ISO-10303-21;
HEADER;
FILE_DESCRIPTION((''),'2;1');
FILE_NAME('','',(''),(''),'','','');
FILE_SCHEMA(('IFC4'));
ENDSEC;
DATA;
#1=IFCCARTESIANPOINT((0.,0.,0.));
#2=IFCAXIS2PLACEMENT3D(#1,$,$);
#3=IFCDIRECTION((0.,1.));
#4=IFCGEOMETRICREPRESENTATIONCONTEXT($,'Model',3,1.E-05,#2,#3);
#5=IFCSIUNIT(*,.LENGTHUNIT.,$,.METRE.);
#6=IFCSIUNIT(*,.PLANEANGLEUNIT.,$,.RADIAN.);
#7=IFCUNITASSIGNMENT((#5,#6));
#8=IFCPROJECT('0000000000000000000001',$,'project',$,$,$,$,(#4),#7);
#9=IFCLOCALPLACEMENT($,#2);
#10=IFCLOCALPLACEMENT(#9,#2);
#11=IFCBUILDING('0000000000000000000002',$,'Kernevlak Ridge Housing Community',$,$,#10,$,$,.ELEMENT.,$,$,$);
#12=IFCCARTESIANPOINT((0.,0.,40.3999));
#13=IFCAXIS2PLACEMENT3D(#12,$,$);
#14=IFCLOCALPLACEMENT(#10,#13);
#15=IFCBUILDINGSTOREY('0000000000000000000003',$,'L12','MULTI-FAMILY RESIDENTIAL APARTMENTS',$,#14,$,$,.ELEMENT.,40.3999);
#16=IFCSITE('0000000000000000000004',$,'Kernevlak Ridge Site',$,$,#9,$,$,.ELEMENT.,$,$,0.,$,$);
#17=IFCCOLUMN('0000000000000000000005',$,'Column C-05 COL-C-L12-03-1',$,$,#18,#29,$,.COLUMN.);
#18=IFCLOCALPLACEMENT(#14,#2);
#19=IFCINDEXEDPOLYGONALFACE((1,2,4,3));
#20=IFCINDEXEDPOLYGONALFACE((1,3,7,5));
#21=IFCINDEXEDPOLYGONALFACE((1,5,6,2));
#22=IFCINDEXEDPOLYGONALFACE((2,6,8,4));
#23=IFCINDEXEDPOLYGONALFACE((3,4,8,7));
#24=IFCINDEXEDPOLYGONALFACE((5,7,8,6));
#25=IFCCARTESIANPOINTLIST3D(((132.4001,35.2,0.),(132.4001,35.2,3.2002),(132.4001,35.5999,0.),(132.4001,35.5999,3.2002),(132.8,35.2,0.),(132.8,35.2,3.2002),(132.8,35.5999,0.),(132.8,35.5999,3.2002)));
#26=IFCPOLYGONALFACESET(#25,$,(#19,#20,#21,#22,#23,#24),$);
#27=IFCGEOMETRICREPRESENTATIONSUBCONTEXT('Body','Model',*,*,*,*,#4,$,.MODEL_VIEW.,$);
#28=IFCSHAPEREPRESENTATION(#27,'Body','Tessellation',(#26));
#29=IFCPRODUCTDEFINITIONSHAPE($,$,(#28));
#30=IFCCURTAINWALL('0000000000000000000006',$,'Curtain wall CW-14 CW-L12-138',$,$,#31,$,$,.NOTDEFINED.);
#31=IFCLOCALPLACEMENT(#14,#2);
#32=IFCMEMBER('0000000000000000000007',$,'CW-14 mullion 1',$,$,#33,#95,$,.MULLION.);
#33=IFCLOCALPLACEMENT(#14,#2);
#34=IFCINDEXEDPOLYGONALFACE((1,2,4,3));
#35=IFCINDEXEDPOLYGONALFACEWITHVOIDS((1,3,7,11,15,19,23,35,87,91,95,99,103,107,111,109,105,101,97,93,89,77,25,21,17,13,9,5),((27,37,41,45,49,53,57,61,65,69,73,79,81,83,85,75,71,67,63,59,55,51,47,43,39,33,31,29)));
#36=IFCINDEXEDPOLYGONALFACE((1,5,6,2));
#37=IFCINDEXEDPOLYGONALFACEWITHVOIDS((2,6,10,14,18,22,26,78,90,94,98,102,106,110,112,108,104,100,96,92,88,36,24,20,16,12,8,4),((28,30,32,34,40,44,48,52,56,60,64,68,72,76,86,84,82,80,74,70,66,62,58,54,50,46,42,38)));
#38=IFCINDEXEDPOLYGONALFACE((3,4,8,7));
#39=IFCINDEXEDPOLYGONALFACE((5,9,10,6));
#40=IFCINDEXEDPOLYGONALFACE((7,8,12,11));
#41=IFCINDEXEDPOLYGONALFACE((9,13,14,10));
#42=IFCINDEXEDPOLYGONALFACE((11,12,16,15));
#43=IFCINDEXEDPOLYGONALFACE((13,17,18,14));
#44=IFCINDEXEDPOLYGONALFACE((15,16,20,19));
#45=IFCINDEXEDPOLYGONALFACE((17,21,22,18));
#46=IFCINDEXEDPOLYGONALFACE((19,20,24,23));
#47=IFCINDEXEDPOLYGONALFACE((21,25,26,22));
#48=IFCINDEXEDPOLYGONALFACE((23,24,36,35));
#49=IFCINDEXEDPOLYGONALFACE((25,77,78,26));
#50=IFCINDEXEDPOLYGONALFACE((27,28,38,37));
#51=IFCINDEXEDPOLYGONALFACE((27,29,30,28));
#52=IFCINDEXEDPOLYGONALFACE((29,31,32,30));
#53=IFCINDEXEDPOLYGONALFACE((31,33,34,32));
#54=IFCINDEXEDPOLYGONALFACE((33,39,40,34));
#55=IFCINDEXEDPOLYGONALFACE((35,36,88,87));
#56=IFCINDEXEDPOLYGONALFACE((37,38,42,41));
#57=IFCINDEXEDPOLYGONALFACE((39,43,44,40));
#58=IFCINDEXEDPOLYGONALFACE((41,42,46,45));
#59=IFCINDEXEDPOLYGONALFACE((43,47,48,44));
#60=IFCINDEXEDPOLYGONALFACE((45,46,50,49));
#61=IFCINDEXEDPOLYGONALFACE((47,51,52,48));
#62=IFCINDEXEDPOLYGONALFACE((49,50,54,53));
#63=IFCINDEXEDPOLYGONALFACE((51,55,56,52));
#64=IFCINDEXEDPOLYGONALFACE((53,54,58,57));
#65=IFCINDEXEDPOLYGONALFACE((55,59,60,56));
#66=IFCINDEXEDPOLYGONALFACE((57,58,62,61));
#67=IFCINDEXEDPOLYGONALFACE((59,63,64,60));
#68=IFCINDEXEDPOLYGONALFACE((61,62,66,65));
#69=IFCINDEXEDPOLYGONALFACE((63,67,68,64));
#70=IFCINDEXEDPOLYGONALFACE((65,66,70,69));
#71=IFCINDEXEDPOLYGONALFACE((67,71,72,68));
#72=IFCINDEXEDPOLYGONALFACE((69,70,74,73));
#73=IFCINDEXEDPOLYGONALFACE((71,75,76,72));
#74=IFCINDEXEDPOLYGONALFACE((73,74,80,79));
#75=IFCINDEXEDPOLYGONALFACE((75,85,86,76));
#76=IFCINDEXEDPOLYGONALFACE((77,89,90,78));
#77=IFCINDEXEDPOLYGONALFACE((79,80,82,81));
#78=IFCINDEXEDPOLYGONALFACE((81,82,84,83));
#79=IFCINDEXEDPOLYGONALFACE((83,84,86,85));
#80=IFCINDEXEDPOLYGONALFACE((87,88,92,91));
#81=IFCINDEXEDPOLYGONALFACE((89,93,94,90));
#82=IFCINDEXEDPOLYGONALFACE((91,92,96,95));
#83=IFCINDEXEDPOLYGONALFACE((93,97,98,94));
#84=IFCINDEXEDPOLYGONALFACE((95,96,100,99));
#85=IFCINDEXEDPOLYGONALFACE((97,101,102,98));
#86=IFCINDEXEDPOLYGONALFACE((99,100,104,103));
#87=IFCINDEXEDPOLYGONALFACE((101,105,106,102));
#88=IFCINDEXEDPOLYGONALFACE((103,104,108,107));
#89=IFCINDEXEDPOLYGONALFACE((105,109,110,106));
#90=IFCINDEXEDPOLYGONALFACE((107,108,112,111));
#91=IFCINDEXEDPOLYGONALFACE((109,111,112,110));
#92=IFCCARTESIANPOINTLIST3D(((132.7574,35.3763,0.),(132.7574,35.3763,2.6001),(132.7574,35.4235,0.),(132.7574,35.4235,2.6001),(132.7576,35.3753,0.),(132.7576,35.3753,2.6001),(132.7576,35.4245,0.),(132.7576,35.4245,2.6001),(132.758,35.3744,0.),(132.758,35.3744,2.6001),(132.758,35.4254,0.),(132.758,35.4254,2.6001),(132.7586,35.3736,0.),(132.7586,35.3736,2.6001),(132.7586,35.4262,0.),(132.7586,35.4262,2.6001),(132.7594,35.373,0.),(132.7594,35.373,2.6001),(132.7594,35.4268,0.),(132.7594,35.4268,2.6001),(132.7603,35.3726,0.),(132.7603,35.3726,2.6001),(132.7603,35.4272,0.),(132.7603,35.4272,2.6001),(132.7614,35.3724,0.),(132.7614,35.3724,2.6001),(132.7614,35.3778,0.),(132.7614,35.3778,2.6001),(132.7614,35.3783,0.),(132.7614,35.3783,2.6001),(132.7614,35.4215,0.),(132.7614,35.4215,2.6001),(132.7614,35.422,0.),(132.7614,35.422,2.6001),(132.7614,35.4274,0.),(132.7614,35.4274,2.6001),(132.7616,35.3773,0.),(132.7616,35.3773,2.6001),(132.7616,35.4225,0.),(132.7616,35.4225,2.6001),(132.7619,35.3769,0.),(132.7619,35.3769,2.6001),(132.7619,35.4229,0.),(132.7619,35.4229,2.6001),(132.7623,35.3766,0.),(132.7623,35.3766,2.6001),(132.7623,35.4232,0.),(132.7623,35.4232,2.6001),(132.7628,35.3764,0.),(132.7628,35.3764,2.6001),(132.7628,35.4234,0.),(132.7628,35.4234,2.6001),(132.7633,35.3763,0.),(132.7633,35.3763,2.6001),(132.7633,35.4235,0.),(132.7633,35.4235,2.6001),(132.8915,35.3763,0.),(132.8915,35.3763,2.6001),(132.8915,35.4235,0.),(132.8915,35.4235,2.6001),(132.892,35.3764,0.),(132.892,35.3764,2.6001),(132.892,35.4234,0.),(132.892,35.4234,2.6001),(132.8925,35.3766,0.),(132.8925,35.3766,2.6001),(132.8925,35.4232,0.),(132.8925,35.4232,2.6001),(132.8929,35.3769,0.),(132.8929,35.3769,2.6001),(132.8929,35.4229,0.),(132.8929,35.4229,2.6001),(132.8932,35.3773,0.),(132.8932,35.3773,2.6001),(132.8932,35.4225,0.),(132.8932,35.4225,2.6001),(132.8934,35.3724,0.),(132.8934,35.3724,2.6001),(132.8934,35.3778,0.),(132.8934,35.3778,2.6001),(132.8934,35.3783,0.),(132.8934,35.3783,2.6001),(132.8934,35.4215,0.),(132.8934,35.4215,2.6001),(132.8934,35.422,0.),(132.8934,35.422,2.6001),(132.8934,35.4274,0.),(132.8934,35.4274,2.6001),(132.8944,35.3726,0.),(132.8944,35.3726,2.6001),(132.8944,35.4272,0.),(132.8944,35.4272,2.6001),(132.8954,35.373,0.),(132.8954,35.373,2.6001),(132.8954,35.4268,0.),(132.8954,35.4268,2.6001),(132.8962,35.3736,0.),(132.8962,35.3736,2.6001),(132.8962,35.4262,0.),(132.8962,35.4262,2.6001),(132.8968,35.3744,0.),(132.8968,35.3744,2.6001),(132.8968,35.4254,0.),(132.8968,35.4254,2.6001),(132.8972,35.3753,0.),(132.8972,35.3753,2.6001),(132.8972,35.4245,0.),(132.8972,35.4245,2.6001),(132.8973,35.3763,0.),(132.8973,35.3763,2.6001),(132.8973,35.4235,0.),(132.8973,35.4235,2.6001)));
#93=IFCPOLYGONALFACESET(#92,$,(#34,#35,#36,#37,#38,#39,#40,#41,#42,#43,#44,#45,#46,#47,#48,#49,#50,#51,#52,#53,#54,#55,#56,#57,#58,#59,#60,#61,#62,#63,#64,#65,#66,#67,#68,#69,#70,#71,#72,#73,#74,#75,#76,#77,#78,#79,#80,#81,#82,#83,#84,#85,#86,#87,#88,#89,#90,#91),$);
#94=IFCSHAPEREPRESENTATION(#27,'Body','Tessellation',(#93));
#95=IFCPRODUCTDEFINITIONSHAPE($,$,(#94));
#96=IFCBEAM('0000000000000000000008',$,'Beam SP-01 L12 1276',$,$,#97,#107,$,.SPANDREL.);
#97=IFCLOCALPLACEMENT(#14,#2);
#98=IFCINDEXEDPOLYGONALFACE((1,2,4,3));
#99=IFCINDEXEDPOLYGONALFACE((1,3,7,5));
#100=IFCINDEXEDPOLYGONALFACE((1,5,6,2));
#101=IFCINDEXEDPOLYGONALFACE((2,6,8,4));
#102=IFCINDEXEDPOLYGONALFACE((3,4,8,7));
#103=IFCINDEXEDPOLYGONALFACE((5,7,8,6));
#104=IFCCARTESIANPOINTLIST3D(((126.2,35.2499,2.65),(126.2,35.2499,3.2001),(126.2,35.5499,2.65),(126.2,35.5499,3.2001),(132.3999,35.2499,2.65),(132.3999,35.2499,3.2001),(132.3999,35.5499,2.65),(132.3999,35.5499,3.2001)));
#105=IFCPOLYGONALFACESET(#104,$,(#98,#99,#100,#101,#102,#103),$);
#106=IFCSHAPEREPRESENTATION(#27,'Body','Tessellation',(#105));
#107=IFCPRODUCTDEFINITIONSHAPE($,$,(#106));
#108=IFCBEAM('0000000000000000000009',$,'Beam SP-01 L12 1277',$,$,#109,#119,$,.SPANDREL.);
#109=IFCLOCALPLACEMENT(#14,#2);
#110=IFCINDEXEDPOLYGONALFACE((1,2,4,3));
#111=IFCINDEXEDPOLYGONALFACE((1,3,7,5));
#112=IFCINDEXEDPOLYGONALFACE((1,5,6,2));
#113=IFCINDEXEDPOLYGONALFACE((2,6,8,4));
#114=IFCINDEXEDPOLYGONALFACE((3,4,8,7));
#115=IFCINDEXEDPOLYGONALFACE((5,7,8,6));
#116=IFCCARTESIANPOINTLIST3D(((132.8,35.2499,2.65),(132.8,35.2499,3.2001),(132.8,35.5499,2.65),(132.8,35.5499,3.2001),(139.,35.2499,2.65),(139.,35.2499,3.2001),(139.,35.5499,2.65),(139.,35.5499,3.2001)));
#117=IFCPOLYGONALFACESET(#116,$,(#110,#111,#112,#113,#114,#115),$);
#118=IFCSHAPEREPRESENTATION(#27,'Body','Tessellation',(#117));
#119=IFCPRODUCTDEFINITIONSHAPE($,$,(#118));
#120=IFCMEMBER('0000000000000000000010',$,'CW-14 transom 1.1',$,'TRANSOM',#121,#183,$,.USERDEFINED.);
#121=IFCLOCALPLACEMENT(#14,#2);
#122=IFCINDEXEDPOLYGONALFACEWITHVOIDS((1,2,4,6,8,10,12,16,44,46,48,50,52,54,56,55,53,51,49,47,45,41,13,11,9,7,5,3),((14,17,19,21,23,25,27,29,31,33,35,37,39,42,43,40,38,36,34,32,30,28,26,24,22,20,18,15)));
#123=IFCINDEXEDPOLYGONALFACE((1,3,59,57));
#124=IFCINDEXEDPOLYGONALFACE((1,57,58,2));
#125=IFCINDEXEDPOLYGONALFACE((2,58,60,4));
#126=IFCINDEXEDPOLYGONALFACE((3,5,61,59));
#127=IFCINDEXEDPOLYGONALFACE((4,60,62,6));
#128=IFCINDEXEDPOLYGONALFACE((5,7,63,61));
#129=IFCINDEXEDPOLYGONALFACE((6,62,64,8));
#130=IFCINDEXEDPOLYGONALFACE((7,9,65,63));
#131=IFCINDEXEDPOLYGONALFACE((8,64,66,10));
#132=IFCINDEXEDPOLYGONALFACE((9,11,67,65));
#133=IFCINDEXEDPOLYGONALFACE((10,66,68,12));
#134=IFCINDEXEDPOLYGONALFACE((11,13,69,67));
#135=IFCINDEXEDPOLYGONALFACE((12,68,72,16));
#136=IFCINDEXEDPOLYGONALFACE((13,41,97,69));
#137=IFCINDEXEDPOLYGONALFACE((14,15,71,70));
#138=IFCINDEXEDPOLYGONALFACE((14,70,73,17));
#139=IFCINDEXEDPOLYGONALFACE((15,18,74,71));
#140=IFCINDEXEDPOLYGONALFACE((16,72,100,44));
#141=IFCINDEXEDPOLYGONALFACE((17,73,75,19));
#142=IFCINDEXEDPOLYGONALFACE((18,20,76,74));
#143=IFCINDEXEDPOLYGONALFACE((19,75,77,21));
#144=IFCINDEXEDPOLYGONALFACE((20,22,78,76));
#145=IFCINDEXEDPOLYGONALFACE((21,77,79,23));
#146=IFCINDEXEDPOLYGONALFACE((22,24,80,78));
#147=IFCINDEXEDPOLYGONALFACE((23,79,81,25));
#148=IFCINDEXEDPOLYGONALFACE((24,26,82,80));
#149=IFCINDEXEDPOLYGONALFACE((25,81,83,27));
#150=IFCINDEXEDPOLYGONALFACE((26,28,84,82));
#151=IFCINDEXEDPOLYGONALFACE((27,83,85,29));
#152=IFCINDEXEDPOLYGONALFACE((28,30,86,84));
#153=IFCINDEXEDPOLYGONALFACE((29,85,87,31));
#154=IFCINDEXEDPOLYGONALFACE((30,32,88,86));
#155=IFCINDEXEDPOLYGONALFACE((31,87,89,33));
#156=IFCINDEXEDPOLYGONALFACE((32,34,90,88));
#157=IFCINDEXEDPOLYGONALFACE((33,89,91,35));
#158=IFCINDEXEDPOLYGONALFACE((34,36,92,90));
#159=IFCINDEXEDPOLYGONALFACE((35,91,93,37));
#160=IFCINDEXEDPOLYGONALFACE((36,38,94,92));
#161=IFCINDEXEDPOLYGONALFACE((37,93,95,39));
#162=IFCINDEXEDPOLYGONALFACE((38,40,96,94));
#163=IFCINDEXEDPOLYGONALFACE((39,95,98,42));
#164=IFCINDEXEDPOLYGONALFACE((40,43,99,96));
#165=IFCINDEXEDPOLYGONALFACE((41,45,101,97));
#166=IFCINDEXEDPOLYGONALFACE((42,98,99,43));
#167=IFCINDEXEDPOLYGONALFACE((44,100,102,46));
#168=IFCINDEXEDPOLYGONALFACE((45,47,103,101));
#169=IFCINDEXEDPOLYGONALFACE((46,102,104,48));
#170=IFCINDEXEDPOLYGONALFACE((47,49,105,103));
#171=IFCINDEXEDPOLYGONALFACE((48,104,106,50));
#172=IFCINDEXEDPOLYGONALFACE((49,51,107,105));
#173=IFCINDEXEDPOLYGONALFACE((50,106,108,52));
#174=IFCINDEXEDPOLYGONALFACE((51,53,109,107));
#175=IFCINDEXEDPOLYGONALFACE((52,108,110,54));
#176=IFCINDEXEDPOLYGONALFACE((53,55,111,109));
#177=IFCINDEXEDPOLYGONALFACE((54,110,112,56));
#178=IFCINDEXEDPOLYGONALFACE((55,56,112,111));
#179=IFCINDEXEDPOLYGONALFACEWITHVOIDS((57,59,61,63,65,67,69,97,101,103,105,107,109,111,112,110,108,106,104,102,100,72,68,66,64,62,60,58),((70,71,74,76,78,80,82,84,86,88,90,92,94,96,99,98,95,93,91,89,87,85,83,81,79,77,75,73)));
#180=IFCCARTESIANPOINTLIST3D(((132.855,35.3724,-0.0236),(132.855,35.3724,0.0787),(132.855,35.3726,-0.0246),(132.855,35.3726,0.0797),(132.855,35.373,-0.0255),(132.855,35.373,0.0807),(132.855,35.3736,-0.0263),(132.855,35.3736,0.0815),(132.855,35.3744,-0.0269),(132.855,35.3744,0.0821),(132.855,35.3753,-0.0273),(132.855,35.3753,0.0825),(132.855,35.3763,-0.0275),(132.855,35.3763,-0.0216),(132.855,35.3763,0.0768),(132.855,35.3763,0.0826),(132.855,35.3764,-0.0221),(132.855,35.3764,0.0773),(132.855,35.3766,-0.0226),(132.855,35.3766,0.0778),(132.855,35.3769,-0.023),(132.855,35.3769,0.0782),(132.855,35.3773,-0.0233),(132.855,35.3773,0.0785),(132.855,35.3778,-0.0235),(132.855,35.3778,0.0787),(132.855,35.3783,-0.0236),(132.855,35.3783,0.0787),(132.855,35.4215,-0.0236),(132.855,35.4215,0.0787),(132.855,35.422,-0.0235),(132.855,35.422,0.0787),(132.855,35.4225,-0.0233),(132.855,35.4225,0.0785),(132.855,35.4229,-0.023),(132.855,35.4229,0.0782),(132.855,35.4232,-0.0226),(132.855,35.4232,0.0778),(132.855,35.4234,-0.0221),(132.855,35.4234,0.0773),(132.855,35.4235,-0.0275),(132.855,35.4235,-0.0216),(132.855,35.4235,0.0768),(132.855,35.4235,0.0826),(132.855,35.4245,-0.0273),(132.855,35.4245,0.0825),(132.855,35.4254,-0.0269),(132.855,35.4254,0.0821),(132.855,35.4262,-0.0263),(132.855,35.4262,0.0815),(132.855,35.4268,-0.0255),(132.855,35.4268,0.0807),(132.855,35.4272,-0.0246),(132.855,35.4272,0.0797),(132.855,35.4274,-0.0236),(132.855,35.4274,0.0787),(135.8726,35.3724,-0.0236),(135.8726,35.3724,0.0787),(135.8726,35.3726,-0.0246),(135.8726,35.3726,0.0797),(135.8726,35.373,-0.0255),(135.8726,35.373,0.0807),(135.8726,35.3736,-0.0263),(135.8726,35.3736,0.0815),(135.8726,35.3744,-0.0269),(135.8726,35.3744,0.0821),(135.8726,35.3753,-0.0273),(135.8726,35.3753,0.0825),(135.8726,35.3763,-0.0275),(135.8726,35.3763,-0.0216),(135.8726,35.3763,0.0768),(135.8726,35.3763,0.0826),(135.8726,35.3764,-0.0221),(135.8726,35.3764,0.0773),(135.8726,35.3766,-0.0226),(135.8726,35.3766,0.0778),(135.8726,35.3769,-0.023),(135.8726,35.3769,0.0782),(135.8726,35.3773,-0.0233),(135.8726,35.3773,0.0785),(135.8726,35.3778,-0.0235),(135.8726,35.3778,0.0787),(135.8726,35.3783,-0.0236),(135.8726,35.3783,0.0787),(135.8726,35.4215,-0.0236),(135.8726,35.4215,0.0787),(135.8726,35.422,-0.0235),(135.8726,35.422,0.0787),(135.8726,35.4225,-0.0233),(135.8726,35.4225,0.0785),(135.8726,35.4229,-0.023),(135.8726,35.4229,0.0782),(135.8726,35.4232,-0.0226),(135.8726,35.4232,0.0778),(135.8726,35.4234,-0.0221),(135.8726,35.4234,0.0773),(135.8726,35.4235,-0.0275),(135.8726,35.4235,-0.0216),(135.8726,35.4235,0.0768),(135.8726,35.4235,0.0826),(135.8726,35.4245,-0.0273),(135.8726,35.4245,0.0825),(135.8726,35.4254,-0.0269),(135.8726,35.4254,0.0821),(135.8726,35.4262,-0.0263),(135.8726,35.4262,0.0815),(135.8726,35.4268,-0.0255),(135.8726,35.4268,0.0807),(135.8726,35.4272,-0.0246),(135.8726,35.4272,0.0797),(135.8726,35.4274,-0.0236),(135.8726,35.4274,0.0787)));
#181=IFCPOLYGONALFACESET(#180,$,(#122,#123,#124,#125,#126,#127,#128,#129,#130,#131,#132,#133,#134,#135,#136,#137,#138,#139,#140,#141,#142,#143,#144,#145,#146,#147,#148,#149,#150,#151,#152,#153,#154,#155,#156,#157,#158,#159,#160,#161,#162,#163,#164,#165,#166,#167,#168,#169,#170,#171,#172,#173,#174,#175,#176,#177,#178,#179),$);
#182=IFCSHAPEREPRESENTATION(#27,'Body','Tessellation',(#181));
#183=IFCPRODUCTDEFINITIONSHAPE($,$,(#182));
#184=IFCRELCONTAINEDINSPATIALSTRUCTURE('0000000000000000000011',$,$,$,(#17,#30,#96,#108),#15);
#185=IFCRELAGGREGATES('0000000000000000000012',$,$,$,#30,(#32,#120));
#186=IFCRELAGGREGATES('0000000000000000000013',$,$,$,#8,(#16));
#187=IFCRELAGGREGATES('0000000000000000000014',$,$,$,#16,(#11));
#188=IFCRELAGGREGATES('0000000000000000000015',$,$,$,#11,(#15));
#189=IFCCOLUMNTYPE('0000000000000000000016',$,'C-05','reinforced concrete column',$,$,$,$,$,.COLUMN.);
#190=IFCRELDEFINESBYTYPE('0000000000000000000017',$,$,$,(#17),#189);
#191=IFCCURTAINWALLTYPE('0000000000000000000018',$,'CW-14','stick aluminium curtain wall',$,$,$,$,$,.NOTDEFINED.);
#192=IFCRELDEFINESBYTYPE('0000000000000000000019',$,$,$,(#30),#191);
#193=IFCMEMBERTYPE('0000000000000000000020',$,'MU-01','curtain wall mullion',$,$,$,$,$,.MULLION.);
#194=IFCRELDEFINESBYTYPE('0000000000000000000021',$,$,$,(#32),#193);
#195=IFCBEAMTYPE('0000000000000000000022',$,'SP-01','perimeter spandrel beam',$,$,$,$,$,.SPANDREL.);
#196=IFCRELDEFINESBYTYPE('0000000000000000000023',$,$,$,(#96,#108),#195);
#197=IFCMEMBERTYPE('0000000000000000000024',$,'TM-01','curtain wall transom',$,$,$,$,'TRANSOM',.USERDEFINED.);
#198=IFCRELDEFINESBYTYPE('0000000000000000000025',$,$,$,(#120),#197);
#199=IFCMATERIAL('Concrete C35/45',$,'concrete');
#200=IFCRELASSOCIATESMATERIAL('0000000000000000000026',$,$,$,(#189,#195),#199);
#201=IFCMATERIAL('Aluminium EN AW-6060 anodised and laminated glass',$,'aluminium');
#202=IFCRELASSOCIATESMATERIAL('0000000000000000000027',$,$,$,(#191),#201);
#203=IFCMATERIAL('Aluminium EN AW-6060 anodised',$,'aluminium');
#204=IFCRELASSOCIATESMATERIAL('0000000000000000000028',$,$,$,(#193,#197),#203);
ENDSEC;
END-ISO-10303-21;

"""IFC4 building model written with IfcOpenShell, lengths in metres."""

from ifc_helpers import new_model, si_unit, direction, frame, origin, origin_2d, place, context, subcontext, project, spatial, rectangle, hollow_rectangle, extrude, material, material_profile, profile_set, type_object, element, aggregate, save


model = new_model("IFC4")

# Units and contexts
model_context = context("Model", 3, precision=1e-05, world=origin(), true_north=direction((0.0, 1.0)))
body_context = subcontext(model_context, "Body", "Model", "MODEL_VIEW")
ifc_project = project(units=[si_unit("LENGTHUNIT", "METRE"), si_unit("PLANEANGLEUNIT", "RADIAN")], contexts=[model_context])

# Site, building, storey
site_placement = place(None, origin())
site = spatial("IfcSite", under=ifc_project, at=site_placement, Name="Kernevlak Ridge Site", CompositionType="ELEMENT", RefElevation=0.0)
building_placement = place(site_placement, origin())
building = spatial("IfcBuilding", under=site, at=building_placement, Name="Kernevlak Ridge Housing Community", CompositionType="ELEMENT")
storey_placement = place(building_placement, frame((0.0, 0.0, 40.3999)))
storey = spatial("IfcBuildingStorey", under=building, at=storey_placement, Name="L12", Description="MULTI-FAMILY RESIDENTIAL APARTMENTS", CompositionType="ELEMENT", Elevation=40.3999)

# Column
ifc_material_1 = material(Name="Concrete C35/45", Category="concrete")
ifc_material_profile_1 = material_profile(ifc_material_1, rectangle(XDim=0.3999, YDim=0.3999, at=origin_2d()), Name="RC 400x400")
ifc_profile_set_1 = profile_set([ifc_material_profile_1], Name="Concrete C35/45")
column_type = type_object("IfcColumnType", Name="C-05", Description="reinforced concrete column", PredefinedType="COLUMN", material=ifc_profile_set_1)
column_placement = place(storey_placement, frame((132.6001, 35.3999, 0.0), z_axis=(0.0, 0.0, 1.0), x_axis=(1.0, 0.0, 0.0)))
element("IfcColumn", 1, at=column_placement, inside=storey, type_object=column_type, Name="Column C-05 COL-C-L12-03-1", PredefinedType="COLUMN", context=body_context, shape_type="SweptSolid", body=[
    extrude(rectangle(XDim=0.3999, YDim=0.3999, at=origin_2d()), origin(), (0.0, 0.0, 1.0), 3.2002),
])

# Curtain wall, member
ifc_material_2 = material(Name="Aluminium EN AW-6060 anodised and laminated glass", Category="aluminium")
curtain_wall_type = type_object("IfcCurtainWallType", Name="CW-14", Description="stick aluminium curtain wall", PredefinedType="NOTDEFINED", material=ifc_material_2)
curtain_wall_placement = place(storey_placement, origin())
curtain_wall = element("IfcCurtainWall", 2, at=curtain_wall_placement, inside=storey, type_object=curtain_wall_type, Name="Curtain wall CW-14 CW-L12-138", PredefinedType="NOTDEFINED")
ifc_material_3 = material(Name="Aluminium EN AW-6060 anodised", Category="aluminium")
ifc_material_profile_2 = material_profile(ifc_material_3, hollow_rectangle(XDim=0.0549, YDim=0.1399, WallThickness=0.0039, InnerFilletRadius=0.002, OuterFilletRadius=0.0039, at=origin_2d()), Name="ALU 55x140x4")
ifc_profile_set_2 = profile_set([ifc_material_profile_2], Name="Aluminium EN AW-6060 anodised")
member_type_1 = type_object("IfcMemberType", Name="MU-01", Description="curtain wall mullion", PredefinedType="MULLION", material=ifc_profile_set_2)
member_1_placement = place(storey_placement, frame((132.8274, 35.3999, 0.0), z_axis=(0.0, 0.0, 1.0), x_axis=(0.0, 1.0, 0.0)))
member_1 = element("IfcMember", 3, at=member_1_placement, type_object=member_type_1, Name="CW-14 mullion 1", PredefinedType="MULLION", context=body_context, shape_type="SweptSolid", body=[
    extrude(hollow_rectangle(XDim=0.0549, YDim=0.1399, WallThickness=0.0039, InnerFilletRadius=0.002, OuterFilletRadius=0.0039, at=origin_2d()), origin(), (0.0, 0.0, 1.0), 2.6001),
])

# Beams
ifc_material_profile_3 = material_profile(ifc_material_1, rectangle(XDim=0.3, YDim=0.55, at=origin_2d()), Name="RC 300x550")
ifc_profile_set_3 = profile_set([ifc_material_profile_3], Name="Concrete C35/45")
beam_type = type_object("IfcBeamType", Name="SP-01", Description="perimeter spandrel beam", PredefinedType="SPANDREL", material=ifc_profile_set_3)
for number, where, z_axis, x_axis, name in (
    (4, (126.2, 35.3999, 2.925), (1.0, 0.0, 0.0), (0.0, 1.0, 0.0), "Beam SP-01 L12 1276"),
    (5, (132.8, 35.3999, 2.925), (1.0, 0.0, 0.0), (0.0, 1.0, 0.0), "Beam SP-01 L12 1277"),
):
    element("IfcBeam", number, at=place(storey_placement, frame(where, z_axis=z_axis, x_axis=x_axis)), inside=storey, type_object=beam_type, Name=name, PredefinedType="SPANDREL", context=body_context, shape_type="SweptSolid", body=[
        extrude(rectangle(XDim=0.3, YDim=0.55, at=origin_2d()), origin(), (0.0, 0.0, 1.0), 6.2),
    ])

# Member
ifc_material_profile_4 = material_profile(ifc_material_3, hollow_rectangle(XDim=0.0549, YDim=0.1101, WallThickness=0.0039, InnerFilletRadius=0.002, OuterFilletRadius=0.0039, at=origin_2d()), Name="ALU 55x110x4")
ifc_profile_set_4 = profile_set([ifc_material_profile_4], Name="Aluminium EN AW-6060 anodised")
member_type_2 = type_object("IfcMemberType", Name="TM-01", Description="curtain wall transom", ElementType="TRANSOM", PredefinedType="USERDEFINED", material=ifc_profile_set_4)
member_2_placement = place(storey_placement, frame((132.855, 35.3999, 0.0276), z_axis=(1.0, 0.0, 0.0), x_axis=(0.0, 1.0, 0.0)))
member_2 = element("IfcMember", 6, at=member_2_placement, type_object=member_type_2, Name="CW-14 transom 1.1", ObjectType="TRANSOM", PredefinedType="USERDEFINED", context=body_context, shape_type="SweptSolid", body=[
    extrude(hollow_rectangle(XDim=0.0549, YDim=0.1101, WallThickness=0.0039, InnerFilletRadius=0.002, OuterFilletRadius=0.0039, at=origin_2d()), origin(), (0.0, 0.0, 1.0), 3.0176),
])

aggregate(curtain_wall, [member_1, member_2])

save(model, "model.ifc")
